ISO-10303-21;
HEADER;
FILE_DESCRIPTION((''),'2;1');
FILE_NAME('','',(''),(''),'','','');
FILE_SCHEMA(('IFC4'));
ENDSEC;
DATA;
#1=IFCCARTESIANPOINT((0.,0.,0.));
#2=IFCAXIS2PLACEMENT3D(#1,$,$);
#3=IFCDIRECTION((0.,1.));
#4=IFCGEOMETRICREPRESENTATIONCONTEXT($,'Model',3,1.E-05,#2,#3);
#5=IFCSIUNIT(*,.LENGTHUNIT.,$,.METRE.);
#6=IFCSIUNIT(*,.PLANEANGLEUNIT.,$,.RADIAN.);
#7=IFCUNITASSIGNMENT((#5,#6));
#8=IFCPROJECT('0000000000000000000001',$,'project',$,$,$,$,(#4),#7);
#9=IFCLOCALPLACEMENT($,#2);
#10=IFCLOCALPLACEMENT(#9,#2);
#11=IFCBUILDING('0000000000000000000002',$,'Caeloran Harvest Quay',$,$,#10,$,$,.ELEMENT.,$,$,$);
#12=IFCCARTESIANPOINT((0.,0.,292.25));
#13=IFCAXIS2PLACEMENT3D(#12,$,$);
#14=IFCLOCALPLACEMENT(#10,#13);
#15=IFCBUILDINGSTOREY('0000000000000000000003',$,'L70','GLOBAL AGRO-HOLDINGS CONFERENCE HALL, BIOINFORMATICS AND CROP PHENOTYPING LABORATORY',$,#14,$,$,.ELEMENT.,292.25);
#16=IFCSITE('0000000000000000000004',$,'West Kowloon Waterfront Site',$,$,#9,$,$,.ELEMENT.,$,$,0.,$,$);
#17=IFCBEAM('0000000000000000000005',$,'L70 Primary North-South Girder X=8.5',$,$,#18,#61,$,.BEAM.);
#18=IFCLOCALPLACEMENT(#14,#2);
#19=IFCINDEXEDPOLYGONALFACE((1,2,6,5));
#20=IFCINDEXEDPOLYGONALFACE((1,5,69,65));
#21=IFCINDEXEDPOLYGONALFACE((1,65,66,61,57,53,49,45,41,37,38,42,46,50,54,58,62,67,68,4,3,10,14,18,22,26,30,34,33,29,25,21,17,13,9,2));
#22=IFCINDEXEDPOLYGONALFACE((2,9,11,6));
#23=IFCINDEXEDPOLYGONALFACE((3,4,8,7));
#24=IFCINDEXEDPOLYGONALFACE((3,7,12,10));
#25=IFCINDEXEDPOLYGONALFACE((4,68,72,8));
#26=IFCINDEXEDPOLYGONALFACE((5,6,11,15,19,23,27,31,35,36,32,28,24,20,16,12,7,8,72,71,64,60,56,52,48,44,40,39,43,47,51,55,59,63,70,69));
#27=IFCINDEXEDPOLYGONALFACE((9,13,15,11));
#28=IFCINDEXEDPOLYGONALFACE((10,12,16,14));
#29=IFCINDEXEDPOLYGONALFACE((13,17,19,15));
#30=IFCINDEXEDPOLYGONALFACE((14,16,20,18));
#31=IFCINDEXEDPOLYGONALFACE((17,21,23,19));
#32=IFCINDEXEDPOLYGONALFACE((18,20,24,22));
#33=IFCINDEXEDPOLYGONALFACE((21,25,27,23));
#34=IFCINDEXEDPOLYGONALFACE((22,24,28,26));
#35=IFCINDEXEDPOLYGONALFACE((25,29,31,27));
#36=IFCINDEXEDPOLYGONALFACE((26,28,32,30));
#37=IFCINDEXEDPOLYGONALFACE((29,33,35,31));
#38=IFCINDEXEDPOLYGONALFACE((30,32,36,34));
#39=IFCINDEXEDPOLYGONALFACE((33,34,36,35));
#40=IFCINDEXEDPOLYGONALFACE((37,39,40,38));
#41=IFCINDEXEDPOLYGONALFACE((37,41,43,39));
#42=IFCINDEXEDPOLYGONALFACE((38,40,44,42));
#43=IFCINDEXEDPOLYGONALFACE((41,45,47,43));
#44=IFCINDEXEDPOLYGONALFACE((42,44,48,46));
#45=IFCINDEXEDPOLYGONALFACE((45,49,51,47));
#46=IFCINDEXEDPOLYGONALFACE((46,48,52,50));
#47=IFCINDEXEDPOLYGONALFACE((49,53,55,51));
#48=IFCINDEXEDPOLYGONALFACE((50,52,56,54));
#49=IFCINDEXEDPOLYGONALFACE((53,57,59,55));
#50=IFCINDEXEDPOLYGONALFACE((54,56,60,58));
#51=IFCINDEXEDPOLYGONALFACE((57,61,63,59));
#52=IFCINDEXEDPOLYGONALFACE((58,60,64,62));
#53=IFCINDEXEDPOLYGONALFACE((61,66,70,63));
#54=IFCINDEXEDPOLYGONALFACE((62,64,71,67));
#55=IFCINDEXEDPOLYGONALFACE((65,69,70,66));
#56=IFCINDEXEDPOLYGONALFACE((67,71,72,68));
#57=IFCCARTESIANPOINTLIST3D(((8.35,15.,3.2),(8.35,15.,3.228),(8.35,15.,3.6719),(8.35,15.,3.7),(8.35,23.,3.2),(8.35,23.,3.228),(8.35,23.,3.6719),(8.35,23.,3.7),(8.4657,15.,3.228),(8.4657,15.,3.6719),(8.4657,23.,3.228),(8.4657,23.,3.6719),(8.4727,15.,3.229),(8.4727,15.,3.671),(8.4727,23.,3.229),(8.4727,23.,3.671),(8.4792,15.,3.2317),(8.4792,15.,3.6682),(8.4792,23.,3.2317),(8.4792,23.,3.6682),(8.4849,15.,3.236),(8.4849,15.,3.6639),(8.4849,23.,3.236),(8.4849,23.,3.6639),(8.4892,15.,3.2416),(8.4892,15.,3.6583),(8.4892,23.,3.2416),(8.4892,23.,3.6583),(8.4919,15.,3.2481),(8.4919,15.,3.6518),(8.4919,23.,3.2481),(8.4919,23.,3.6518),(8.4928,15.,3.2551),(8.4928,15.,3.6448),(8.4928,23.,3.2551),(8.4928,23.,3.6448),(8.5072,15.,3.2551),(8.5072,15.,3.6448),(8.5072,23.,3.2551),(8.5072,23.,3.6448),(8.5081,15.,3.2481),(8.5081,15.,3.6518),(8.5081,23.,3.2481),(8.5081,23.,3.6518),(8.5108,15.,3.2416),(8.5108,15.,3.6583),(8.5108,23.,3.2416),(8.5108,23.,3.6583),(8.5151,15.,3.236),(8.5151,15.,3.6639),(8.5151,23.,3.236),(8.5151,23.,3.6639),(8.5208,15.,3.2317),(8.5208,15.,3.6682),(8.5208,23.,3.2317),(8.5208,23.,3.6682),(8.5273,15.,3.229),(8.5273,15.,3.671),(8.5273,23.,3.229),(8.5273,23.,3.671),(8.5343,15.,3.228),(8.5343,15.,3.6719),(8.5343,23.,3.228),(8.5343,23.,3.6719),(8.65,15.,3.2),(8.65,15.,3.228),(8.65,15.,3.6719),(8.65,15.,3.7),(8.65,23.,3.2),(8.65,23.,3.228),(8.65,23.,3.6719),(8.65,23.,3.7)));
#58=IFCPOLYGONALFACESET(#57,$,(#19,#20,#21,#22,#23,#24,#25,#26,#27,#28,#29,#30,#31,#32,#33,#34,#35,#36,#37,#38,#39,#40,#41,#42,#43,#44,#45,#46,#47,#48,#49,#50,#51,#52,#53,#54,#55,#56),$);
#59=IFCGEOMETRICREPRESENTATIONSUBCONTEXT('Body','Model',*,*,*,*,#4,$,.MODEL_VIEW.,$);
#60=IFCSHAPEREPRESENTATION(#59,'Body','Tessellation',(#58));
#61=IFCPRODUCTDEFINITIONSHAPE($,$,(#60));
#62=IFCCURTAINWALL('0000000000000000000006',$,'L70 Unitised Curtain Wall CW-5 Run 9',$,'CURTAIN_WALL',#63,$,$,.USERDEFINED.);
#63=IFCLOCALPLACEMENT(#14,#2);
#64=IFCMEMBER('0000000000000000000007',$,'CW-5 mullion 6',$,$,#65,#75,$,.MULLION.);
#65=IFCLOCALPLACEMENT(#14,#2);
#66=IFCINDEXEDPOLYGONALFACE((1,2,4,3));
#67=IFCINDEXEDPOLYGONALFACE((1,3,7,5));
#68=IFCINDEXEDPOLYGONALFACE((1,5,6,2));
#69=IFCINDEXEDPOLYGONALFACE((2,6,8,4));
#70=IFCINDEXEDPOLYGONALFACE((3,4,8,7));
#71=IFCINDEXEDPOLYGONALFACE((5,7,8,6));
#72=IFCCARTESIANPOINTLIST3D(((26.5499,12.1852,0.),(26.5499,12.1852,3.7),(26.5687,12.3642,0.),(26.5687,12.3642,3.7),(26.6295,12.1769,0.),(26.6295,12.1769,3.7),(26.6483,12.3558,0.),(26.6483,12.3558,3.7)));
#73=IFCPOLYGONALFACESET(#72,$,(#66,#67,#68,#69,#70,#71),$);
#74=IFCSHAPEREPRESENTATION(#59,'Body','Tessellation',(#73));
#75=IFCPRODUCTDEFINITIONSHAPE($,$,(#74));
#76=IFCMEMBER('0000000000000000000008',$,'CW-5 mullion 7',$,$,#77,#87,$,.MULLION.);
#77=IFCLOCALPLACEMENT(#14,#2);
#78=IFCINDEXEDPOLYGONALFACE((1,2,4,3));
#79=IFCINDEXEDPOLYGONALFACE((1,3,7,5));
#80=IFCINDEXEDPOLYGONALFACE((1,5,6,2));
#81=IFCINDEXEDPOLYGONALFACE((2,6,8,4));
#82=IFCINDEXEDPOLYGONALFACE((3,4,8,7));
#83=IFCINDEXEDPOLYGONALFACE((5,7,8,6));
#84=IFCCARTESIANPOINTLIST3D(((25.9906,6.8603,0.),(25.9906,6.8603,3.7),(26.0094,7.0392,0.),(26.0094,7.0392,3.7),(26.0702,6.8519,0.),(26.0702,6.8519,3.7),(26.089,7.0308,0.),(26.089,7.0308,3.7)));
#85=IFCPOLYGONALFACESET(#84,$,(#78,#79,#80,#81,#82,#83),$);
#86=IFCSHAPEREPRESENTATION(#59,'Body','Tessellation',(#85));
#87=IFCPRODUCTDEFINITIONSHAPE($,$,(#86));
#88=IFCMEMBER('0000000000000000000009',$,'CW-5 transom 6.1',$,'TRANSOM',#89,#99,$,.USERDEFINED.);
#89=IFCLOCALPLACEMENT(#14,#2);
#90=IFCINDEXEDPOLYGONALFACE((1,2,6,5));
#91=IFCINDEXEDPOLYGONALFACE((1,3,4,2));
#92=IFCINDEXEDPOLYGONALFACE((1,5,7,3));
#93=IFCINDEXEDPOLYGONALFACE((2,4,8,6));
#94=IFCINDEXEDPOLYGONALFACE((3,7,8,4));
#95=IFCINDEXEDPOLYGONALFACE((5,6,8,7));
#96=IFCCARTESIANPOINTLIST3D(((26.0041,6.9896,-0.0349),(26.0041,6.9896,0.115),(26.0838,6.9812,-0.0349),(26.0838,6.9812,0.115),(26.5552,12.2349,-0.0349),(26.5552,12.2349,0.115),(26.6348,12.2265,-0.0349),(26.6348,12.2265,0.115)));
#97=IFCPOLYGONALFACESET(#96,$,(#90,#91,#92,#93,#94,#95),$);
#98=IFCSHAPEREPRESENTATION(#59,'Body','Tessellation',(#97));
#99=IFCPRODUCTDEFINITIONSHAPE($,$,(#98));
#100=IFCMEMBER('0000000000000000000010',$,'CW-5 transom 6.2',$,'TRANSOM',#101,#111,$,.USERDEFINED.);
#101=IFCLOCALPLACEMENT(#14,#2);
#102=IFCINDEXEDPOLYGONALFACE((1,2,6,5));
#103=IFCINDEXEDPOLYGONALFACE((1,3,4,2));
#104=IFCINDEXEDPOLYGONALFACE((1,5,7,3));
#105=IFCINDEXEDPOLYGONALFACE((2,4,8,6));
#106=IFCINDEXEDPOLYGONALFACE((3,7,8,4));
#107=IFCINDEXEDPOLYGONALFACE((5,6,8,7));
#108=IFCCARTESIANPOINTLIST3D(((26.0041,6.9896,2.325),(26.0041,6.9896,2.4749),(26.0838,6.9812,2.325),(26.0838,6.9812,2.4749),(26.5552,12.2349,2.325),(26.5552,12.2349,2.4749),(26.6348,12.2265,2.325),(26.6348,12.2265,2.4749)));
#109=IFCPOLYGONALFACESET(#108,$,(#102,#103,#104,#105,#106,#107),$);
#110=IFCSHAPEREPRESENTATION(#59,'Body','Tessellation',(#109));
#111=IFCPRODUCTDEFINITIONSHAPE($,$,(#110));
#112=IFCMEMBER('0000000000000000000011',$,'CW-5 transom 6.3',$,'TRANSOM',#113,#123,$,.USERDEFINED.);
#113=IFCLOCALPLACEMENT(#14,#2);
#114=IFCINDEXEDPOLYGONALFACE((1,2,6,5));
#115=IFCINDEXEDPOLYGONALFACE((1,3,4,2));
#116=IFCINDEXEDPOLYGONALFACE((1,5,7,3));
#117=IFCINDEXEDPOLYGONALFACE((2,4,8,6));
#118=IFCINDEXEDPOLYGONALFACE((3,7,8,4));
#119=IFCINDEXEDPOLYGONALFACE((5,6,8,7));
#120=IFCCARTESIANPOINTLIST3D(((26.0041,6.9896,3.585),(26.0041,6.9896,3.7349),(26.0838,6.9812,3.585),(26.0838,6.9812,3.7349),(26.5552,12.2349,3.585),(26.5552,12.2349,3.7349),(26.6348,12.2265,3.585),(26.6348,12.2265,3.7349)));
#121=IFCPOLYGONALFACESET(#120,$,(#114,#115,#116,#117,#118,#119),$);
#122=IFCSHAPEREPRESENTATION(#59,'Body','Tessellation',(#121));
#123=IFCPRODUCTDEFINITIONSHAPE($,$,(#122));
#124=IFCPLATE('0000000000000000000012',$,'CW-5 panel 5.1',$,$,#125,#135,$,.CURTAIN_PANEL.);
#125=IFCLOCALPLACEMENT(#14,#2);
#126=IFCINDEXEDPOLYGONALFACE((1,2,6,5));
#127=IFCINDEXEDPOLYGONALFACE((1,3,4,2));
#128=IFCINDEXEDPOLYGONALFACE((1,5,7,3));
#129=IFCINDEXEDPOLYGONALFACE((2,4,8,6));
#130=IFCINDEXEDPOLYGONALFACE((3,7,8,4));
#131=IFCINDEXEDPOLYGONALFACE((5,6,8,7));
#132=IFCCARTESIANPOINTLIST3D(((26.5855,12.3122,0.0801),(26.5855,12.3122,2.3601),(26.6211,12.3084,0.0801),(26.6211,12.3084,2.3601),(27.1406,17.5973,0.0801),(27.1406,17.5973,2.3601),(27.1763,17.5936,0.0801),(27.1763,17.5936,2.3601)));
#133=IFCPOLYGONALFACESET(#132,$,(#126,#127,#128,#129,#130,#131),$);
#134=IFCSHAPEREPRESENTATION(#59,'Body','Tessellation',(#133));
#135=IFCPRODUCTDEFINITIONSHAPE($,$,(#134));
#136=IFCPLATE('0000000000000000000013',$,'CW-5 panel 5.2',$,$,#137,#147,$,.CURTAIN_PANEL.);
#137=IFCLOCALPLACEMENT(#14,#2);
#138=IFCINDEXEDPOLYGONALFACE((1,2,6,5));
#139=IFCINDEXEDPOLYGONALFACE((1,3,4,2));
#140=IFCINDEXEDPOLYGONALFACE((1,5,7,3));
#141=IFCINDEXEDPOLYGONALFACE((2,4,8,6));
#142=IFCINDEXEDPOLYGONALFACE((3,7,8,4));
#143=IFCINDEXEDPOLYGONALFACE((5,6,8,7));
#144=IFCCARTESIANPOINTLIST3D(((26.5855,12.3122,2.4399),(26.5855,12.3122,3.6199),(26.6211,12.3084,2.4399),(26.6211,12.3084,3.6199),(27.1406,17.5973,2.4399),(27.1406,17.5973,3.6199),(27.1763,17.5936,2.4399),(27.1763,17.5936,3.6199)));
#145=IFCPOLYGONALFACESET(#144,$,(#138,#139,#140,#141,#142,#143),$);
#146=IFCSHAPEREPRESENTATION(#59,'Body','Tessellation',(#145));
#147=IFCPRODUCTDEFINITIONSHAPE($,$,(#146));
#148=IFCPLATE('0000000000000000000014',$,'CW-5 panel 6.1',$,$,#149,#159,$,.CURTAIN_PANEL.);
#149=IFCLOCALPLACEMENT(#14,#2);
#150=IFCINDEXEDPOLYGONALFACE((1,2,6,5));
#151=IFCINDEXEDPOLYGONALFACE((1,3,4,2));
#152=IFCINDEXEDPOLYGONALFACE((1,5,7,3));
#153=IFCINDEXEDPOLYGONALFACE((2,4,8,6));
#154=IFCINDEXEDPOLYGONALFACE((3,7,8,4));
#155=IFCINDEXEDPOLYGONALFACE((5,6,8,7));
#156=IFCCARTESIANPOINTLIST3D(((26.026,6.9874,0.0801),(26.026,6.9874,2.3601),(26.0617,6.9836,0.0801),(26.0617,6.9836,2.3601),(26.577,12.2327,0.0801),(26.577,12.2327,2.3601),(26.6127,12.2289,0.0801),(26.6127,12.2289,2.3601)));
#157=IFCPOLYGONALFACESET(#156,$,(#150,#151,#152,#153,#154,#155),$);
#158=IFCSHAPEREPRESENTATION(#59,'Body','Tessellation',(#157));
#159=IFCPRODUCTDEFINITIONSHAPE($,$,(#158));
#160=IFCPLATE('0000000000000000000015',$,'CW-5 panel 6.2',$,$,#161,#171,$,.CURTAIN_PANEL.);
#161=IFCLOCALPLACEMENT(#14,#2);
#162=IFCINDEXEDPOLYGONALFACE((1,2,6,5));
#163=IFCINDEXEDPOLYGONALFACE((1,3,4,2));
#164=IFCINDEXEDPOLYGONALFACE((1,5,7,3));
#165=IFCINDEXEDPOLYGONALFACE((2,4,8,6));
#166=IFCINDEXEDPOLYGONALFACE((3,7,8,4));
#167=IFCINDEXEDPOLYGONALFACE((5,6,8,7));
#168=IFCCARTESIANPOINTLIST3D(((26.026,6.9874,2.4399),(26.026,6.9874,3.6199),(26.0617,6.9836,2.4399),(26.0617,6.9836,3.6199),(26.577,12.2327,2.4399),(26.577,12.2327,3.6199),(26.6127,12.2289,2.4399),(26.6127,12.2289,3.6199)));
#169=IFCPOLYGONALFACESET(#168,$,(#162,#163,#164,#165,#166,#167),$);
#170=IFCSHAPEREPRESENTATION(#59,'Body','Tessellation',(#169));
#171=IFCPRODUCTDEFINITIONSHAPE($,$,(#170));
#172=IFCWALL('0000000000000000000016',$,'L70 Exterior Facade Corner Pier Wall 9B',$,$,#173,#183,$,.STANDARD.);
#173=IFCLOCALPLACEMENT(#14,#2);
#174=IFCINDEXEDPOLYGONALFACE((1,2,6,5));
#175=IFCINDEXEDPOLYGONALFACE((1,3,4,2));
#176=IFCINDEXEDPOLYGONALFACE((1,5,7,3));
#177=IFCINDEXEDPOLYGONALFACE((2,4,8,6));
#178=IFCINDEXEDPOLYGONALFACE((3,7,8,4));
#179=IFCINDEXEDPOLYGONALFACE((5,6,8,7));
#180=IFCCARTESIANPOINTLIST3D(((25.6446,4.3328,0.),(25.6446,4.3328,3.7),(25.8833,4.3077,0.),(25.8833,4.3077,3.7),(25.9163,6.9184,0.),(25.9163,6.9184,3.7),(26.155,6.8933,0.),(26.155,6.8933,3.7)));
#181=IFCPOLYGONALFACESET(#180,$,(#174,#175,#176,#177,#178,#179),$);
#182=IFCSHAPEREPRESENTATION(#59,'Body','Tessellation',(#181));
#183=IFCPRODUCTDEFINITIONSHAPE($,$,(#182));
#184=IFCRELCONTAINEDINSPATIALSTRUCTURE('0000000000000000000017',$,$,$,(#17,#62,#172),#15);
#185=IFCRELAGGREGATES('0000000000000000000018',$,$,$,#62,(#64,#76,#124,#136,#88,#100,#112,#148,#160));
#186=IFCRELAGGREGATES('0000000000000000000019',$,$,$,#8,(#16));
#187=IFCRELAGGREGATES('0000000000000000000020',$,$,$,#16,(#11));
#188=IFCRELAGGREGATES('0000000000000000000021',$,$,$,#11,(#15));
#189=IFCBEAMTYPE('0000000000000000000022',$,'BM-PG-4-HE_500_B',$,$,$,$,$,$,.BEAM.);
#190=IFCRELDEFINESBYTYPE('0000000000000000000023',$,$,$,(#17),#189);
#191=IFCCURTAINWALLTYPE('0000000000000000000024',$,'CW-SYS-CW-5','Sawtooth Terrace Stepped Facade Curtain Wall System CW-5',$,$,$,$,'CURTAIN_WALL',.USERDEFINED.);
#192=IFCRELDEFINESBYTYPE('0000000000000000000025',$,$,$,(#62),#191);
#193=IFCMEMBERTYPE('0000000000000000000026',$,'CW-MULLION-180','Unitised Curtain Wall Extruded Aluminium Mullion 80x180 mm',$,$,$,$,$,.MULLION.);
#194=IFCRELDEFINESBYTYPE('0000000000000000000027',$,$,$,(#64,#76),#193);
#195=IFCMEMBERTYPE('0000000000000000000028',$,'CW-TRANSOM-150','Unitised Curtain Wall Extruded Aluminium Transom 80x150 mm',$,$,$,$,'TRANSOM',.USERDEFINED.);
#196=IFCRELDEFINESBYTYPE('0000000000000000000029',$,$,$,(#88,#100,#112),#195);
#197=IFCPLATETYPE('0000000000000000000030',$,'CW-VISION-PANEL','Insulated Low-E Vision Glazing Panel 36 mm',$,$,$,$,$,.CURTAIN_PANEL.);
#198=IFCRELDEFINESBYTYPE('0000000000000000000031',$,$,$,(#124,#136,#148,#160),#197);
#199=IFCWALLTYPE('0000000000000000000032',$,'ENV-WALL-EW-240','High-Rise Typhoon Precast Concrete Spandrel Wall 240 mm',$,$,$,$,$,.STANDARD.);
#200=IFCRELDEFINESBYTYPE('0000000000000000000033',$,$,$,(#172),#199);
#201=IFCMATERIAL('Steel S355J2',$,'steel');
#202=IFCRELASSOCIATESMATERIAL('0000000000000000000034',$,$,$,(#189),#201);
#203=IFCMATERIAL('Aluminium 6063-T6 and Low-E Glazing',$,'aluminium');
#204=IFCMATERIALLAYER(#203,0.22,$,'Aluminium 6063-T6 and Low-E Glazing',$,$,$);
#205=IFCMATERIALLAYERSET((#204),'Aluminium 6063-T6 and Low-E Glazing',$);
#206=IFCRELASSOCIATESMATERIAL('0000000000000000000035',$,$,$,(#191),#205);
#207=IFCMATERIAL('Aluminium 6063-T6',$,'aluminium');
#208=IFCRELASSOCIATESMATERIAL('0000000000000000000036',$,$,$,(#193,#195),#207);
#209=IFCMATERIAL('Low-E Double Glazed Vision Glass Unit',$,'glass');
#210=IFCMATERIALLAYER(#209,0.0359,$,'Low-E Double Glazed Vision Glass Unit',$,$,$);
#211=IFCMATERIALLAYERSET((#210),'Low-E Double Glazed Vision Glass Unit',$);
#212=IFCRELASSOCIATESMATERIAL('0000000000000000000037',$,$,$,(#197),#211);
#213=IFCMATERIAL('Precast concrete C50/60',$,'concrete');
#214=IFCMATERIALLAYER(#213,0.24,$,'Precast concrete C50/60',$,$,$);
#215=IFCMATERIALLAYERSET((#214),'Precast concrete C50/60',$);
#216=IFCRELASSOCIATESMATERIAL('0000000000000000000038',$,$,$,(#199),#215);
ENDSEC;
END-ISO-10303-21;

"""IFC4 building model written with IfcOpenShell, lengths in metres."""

from ifc_helpers import new_model, si_unit, direction, frame, frame_2d, origin, origin_2d, place, context, subcontext, project, spatial, rectangle, i_section, extrude, material, layer, layer_set, material_profile, profile_set, type_object, element, aggregate, save


model = new_model("IFC4")

# Units and contexts
model_context = context("Model", 3, precision=1e-05, world=origin(), true_north=direction((0.0, 1.0)))
body_context = subcontext(model_context, "Body", "Model", "MODEL_VIEW")
ifc_project = project(units=[si_unit("LENGTHUNIT", "METRE"), si_unit("PLANEANGLEUNIT", "RADIAN")], contexts=[model_context])

# Site, building, storey
site_placement = place(None, origin())
site = spatial("IfcSite", under=ifc_project, at=site_placement, Name="West Kowloon Waterfront Site", CompositionType="ELEMENT", RefElevation=0.0)
building_placement = place(site_placement, origin())
building = spatial("IfcBuilding", under=site, at=building_placement, Name="Caeloran Harvest Quay", CompositionType="ELEMENT")
storey_placement = place(building_placement, frame((0.0, 0.0, 292.25)))
storey = spatial("IfcBuildingStorey", under=building, at=storey_placement, Name="L70", Description="GLOBAL AGRO-HOLDINGS CONFERENCE HALL, BIOINFORMATICS AND CROP PHENOTYPING LABORATORY", CompositionType="ELEMENT", Elevation=292.25)

# Shared definitions
ifc_material_1 = material(Name="Steel S355J2", Category="steel")

# Beam
ifc_material_profile_1 = material_profile(ifc_material_1, i_section(OverallWidth=0.3, OverallDepth=0.5, WebThickness=0.0144, FlangeThickness=0.0281, FilletRadius=0.0271, at=origin_2d()), Name="HE 500 B")
ifc_profile_set_1 = profile_set([ifc_material_profile_1], Name="Steel S355J2")
beam_type_1 = type_object("IfcBeamType", Name="BM-PG-4-HE_500_B", PredefinedType="BEAM", material=ifc_profile_set_1)
beam_1_placement = place(storey_placement, frame((8.5, 15.0, 3.45), z_axis=(0.0, 1.0, 0.0), x_axis=(-1.0, 0.0, 0.0)))
element("IfcBeam", 1, at=beam_1_placement, inside=storey, type_object=beam_type_1, Name="L70 Primary North-South Girder X=8.5", PredefinedType="BEAM", context=body_context, shape_type="SweptSolid", body=[
    extrude(i_section(OverallWidth=0.3, OverallDepth=0.5, WebThickness=0.0144, FlangeThickness=0.0281, FilletRadius=0.0271, at=origin_2d()), origin(), (0.0, 0.0, 1.0), 8.0),
])

# Curtain wall, members, plates
ifc_material_2 = material(Name="Aluminium 6063-T6 and Low-E Glazing", Category="aluminium")
ifc_layer_1 = layer(ifc_material_2, 0.22, Name="Aluminium 6063-T6 and Low-E Glazing")
ifc_layer_set_1 = layer_set([ifc_layer_1], Name="Aluminium 6063-T6 and Low-E Glazing")
curtain_wall_type = type_object("IfcCurtainWallType", Name="CW-SYS-CW-5", Description="Sawtooth Terrace Stepped Facade Curtain Wall System CW-5", ElementType="CURTAIN_WALL", PredefinedType="USERDEFINED", material=ifc_layer_set_1)
curtain_wall_placement = place(storey_placement, origin())
curtain_wall = element("IfcCurtainWall", 2, at=curtain_wall_placement, inside=storey, type_object=curtain_wall_type, Name="L70 Unitised Curtain Wall CW-5 Run 9", ObjectType="CURTAIN_WALL", PredefinedType="USERDEFINED")
ifc_material_3 = material(Name="Aluminium 6063-T6", Category="aluminium")
ifc_material_profile_2 = material_profile(ifc_material_3, rectangle(XDim=0.0801, YDim=0.1799, at=origin_2d()), Name="CW-MULLION-180")
ifc_profile_set_2 = profile_set([ifc_material_profile_2], Name="Aluminium 6063-T6")
member_type_1 = type_object("IfcMemberType", Name="CW-MULLION-180", Description="Unitised Curtain Wall Extruded Aluminium Mullion 80x180 mm", PredefinedType="MULLION", material=ifc_profile_set_2)
member_1_placement = place(storey_placement, frame((26.5991, 12.2705, 0.0), z_axis=(0.0, 0.0, 1.0), x_axis=(0.994529, -0.10446, 0.0)))
member_1 = element("IfcMember", 3, at=member_1_placement, type_object=member_type_1, Name="CW-5 mullion 6", PredefinedType="MULLION", context=body_context, shape_type="SweptSolid", body=[
    extrude(rectangle(XDim=0.0801, YDim=0.1799, at=origin_2d()), origin(), (0.0, 0.0, 1.0), 3.7),
])
member_2_placement = place(storey_placement, frame((26.0398, 6.9456, 0.0), z_axis=(0.0, 0.0, 1.0), x_axis=(0.994529, -0.10446, 0.0)))
member_2 = element("IfcMember", 4, at=member_2_placement, type_object=member_type_1, Name="CW-5 mullion 7", PredefinedType="MULLION", context=body_context, shape_type="SweptSolid", body=[
    extrude(rectangle(XDim=0.0801, YDim=0.1799, at=origin_2d()), origin(), (0.0, 0.0, 1.0), 3.7),
])
ifc_material_profile_3 = material_profile(ifc_material_3, rectangle(XDim=0.0801, YDim=0.1499, at=origin_2d()), Name="CW-TRANSOM-150")
ifc_profile_set_3 = profile_set([ifc_material_profile_3], Name="Aluminium 6063-T6")
member_type_2 = type_object("IfcMemberType", Name="CW-TRANSOM-150", Description="Unitised Curtain Wall Extruded Aluminium Transom 80x150 mm", ElementType="TRANSOM", PredefinedType="USERDEFINED", material=ifc_profile_set_3)
member_3_placement = place(storey_placement, frame((26.595, 12.2307, 0.04), z_axis=(-0.104475, -0.994527, 0.0), x_axis=(0.994527, -0.104475, 0.0)))
member_3 = element("IfcMember", 5, at=member_3_placement, type_object=member_type_2, Name="CW-5 transom 6.1", ObjectType="TRANSOM", PredefinedType="USERDEFINED", context=body_context, shape_type="SweptSolid", body=[
    extrude(rectangle(XDim=0.0801, YDim=0.1499, at=origin_2d()), origin(), (0.0, 0.0, 1.0), 5.2742),
])
member_4_placement = place(storey_placement, frame((26.595, 12.2307, 2.3999), z_axis=(-0.104475, -0.994527, 0.0), x_axis=(0.994527, -0.104475, 0.0)))
member_4 = element("IfcMember", 6, at=member_4_placement, type_object=member_type_2, Name="CW-5 transom 6.2", ObjectType="TRANSOM", PredefinedType="USERDEFINED", context=body_context, shape_type="SweptSolid", body=[
    extrude(rectangle(XDim=0.0801, YDim=0.1499, at=origin_2d()), origin(), (0.0, 0.0, 1.0), 5.2742),
])
member_5_placement = place(storey_placement, frame((26.595, 12.2307, 3.6599), z_axis=(-0.104475, -0.994527, 0.0), x_axis=(0.994527, -0.104475, 0.0)))
member_5 = element("IfcMember", 7, at=member_5_placement, type_object=member_type_2, Name="CW-5 transom 6.3", ObjectType="TRANSOM", PredefinedType="USERDEFINED", context=body_context, shape_type="SweptSolid", body=[
    extrude(rectangle(XDim=0.0801, YDim=0.1499, at=origin_2d()), origin(), (0.0, 0.0, 1.0), 5.2742),
])
ifc_material_4 = material(Name="Low-E Double Glazed Vision Glass Unit", Category="glass")
ifc_layer_2 = layer(ifc_material_4, 0.0359, Name="Low-E Double Glazed Vision Glass Unit")
ifc_layer_set_2 = layer_set([ifc_layer_2], Name="Low-E Double Glazed Vision Glass Unit")
plate_type = type_object("IfcPlateType", Name="CW-VISION-PANEL", Description="Insulated Low-E Vision Glazing Panel 36 mm", PredefinedType="CURTAIN_PANEL", material=ifc_layer_set_2)
plate_1_placement = place(storey_placement, frame((26.8809, 14.9529, 0.0801), z_axis=(0.0, 0.0, 1.0), x_axis=(-0.10446, -0.994529, 0.0)))
plate_1 = element("IfcPlate", 8, at=plate_1_placement, type_object=plate_type, Name="CW-5 panel 5.1", PredefinedType="CURTAIN_PANEL", context=body_context, shape_type="SweptSolid", body=[
    extrude(rectangle(XDim=5.3142, YDim=0.0359, at=origin_2d()), origin(), (0.0, 0.0, 1.0), 2.28),
])
plate_2_placement = place(storey_placement, frame((26.8809, 14.9529, 2.4399), z_axis=(0.0, 0.0, 1.0), x_axis=(-0.10446, -0.994529, 0.0)))
plate_2 = element("IfcPlate", 9, at=plate_2_placement, type_object=plate_type, Name="CW-5 panel 5.2", PredefinedType="CURTAIN_PANEL", context=body_context, shape_type="SweptSolid", body=[
    extrude(rectangle(XDim=5.3142, YDim=0.0359, at=origin_2d()), origin(), (0.0, 0.0, 1.0), 1.1799),
])
plate_3_placement = place(storey_placement, frame((26.3193, 9.6082, 0.0801), z_axis=(0.0, 0.0, 1.0), x_axis=(-0.10446, -0.994529, 0.0)))
plate_3 = element("IfcPlate", 10, at=plate_3_placement, type_object=plate_type, Name="CW-5 panel 6.1", PredefinedType="CURTAIN_PANEL", context=body_context, shape_type="SweptSolid", body=[
    extrude(rectangle(XDim=5.2742, YDim=0.0359, at=origin_2d()), origin(), (0.0, 0.0, 1.0), 2.28),
])
plate_4_placement = place(storey_placement, frame((26.3193, 9.6082, 2.4399), z_axis=(0.0, 0.0, 1.0), x_axis=(-0.10446, -0.994529, 0.0)))
plate_4 = element("IfcPlate", 11, at=plate_4_placement, type_object=plate_type, Name="CW-5 panel 6.2", PredefinedType="CURTAIN_PANEL", context=body_context, shape_type="SweptSolid", body=[
    extrude(rectangle(XDim=5.2742, YDim=0.0359, at=origin_2d()), origin(), (0.0, 0.0, 1.0), 1.1799),
])
aggregate(curtain_wall, [member_1, member_2, plate_1, plate_2, member_3, member_4, member_5, plate_3, plate_4])

# Wall
ifc_material_5 = material(Name="Precast concrete C50/60", Category="concrete")
ifc_layer_3 = layer(ifc_material_5, 0.24, Name="Precast concrete C50/60")
ifc_layer_set_3 = layer_set([ifc_layer_3], Name="Precast concrete C50/60")
wall_type = type_object("IfcWallType", Name="ENV-WALL-EW-240", Description="High-Rise Typhoon Precast Concrete Spandrel Wall 240 mm", PredefinedType="STANDARD", material=ifc_layer_set_3)
wall_1_placement = place(storey_placement, frame((26.0356, 6.9058, 0.0), z_axis=(0.0, 0.0, 1.0), x_axis=(-0.104514, -0.994523, 0.0)))
element("IfcWall", 12, at=wall_1_placement, inside=storey, type_object=wall_type, Name="L70 Exterior Facade Corner Pier Wall 9B", PredefinedType="STANDARD", context=body_context, shape_type="SweptSolid", body=[
    extrude(rectangle(XDim=2.5999, YDim=0.24, at=frame_2d((1.2998, 0.0))), origin(), (0.0, 0.0, 1.0), 3.7),
])

save(model, "model.ifc")
